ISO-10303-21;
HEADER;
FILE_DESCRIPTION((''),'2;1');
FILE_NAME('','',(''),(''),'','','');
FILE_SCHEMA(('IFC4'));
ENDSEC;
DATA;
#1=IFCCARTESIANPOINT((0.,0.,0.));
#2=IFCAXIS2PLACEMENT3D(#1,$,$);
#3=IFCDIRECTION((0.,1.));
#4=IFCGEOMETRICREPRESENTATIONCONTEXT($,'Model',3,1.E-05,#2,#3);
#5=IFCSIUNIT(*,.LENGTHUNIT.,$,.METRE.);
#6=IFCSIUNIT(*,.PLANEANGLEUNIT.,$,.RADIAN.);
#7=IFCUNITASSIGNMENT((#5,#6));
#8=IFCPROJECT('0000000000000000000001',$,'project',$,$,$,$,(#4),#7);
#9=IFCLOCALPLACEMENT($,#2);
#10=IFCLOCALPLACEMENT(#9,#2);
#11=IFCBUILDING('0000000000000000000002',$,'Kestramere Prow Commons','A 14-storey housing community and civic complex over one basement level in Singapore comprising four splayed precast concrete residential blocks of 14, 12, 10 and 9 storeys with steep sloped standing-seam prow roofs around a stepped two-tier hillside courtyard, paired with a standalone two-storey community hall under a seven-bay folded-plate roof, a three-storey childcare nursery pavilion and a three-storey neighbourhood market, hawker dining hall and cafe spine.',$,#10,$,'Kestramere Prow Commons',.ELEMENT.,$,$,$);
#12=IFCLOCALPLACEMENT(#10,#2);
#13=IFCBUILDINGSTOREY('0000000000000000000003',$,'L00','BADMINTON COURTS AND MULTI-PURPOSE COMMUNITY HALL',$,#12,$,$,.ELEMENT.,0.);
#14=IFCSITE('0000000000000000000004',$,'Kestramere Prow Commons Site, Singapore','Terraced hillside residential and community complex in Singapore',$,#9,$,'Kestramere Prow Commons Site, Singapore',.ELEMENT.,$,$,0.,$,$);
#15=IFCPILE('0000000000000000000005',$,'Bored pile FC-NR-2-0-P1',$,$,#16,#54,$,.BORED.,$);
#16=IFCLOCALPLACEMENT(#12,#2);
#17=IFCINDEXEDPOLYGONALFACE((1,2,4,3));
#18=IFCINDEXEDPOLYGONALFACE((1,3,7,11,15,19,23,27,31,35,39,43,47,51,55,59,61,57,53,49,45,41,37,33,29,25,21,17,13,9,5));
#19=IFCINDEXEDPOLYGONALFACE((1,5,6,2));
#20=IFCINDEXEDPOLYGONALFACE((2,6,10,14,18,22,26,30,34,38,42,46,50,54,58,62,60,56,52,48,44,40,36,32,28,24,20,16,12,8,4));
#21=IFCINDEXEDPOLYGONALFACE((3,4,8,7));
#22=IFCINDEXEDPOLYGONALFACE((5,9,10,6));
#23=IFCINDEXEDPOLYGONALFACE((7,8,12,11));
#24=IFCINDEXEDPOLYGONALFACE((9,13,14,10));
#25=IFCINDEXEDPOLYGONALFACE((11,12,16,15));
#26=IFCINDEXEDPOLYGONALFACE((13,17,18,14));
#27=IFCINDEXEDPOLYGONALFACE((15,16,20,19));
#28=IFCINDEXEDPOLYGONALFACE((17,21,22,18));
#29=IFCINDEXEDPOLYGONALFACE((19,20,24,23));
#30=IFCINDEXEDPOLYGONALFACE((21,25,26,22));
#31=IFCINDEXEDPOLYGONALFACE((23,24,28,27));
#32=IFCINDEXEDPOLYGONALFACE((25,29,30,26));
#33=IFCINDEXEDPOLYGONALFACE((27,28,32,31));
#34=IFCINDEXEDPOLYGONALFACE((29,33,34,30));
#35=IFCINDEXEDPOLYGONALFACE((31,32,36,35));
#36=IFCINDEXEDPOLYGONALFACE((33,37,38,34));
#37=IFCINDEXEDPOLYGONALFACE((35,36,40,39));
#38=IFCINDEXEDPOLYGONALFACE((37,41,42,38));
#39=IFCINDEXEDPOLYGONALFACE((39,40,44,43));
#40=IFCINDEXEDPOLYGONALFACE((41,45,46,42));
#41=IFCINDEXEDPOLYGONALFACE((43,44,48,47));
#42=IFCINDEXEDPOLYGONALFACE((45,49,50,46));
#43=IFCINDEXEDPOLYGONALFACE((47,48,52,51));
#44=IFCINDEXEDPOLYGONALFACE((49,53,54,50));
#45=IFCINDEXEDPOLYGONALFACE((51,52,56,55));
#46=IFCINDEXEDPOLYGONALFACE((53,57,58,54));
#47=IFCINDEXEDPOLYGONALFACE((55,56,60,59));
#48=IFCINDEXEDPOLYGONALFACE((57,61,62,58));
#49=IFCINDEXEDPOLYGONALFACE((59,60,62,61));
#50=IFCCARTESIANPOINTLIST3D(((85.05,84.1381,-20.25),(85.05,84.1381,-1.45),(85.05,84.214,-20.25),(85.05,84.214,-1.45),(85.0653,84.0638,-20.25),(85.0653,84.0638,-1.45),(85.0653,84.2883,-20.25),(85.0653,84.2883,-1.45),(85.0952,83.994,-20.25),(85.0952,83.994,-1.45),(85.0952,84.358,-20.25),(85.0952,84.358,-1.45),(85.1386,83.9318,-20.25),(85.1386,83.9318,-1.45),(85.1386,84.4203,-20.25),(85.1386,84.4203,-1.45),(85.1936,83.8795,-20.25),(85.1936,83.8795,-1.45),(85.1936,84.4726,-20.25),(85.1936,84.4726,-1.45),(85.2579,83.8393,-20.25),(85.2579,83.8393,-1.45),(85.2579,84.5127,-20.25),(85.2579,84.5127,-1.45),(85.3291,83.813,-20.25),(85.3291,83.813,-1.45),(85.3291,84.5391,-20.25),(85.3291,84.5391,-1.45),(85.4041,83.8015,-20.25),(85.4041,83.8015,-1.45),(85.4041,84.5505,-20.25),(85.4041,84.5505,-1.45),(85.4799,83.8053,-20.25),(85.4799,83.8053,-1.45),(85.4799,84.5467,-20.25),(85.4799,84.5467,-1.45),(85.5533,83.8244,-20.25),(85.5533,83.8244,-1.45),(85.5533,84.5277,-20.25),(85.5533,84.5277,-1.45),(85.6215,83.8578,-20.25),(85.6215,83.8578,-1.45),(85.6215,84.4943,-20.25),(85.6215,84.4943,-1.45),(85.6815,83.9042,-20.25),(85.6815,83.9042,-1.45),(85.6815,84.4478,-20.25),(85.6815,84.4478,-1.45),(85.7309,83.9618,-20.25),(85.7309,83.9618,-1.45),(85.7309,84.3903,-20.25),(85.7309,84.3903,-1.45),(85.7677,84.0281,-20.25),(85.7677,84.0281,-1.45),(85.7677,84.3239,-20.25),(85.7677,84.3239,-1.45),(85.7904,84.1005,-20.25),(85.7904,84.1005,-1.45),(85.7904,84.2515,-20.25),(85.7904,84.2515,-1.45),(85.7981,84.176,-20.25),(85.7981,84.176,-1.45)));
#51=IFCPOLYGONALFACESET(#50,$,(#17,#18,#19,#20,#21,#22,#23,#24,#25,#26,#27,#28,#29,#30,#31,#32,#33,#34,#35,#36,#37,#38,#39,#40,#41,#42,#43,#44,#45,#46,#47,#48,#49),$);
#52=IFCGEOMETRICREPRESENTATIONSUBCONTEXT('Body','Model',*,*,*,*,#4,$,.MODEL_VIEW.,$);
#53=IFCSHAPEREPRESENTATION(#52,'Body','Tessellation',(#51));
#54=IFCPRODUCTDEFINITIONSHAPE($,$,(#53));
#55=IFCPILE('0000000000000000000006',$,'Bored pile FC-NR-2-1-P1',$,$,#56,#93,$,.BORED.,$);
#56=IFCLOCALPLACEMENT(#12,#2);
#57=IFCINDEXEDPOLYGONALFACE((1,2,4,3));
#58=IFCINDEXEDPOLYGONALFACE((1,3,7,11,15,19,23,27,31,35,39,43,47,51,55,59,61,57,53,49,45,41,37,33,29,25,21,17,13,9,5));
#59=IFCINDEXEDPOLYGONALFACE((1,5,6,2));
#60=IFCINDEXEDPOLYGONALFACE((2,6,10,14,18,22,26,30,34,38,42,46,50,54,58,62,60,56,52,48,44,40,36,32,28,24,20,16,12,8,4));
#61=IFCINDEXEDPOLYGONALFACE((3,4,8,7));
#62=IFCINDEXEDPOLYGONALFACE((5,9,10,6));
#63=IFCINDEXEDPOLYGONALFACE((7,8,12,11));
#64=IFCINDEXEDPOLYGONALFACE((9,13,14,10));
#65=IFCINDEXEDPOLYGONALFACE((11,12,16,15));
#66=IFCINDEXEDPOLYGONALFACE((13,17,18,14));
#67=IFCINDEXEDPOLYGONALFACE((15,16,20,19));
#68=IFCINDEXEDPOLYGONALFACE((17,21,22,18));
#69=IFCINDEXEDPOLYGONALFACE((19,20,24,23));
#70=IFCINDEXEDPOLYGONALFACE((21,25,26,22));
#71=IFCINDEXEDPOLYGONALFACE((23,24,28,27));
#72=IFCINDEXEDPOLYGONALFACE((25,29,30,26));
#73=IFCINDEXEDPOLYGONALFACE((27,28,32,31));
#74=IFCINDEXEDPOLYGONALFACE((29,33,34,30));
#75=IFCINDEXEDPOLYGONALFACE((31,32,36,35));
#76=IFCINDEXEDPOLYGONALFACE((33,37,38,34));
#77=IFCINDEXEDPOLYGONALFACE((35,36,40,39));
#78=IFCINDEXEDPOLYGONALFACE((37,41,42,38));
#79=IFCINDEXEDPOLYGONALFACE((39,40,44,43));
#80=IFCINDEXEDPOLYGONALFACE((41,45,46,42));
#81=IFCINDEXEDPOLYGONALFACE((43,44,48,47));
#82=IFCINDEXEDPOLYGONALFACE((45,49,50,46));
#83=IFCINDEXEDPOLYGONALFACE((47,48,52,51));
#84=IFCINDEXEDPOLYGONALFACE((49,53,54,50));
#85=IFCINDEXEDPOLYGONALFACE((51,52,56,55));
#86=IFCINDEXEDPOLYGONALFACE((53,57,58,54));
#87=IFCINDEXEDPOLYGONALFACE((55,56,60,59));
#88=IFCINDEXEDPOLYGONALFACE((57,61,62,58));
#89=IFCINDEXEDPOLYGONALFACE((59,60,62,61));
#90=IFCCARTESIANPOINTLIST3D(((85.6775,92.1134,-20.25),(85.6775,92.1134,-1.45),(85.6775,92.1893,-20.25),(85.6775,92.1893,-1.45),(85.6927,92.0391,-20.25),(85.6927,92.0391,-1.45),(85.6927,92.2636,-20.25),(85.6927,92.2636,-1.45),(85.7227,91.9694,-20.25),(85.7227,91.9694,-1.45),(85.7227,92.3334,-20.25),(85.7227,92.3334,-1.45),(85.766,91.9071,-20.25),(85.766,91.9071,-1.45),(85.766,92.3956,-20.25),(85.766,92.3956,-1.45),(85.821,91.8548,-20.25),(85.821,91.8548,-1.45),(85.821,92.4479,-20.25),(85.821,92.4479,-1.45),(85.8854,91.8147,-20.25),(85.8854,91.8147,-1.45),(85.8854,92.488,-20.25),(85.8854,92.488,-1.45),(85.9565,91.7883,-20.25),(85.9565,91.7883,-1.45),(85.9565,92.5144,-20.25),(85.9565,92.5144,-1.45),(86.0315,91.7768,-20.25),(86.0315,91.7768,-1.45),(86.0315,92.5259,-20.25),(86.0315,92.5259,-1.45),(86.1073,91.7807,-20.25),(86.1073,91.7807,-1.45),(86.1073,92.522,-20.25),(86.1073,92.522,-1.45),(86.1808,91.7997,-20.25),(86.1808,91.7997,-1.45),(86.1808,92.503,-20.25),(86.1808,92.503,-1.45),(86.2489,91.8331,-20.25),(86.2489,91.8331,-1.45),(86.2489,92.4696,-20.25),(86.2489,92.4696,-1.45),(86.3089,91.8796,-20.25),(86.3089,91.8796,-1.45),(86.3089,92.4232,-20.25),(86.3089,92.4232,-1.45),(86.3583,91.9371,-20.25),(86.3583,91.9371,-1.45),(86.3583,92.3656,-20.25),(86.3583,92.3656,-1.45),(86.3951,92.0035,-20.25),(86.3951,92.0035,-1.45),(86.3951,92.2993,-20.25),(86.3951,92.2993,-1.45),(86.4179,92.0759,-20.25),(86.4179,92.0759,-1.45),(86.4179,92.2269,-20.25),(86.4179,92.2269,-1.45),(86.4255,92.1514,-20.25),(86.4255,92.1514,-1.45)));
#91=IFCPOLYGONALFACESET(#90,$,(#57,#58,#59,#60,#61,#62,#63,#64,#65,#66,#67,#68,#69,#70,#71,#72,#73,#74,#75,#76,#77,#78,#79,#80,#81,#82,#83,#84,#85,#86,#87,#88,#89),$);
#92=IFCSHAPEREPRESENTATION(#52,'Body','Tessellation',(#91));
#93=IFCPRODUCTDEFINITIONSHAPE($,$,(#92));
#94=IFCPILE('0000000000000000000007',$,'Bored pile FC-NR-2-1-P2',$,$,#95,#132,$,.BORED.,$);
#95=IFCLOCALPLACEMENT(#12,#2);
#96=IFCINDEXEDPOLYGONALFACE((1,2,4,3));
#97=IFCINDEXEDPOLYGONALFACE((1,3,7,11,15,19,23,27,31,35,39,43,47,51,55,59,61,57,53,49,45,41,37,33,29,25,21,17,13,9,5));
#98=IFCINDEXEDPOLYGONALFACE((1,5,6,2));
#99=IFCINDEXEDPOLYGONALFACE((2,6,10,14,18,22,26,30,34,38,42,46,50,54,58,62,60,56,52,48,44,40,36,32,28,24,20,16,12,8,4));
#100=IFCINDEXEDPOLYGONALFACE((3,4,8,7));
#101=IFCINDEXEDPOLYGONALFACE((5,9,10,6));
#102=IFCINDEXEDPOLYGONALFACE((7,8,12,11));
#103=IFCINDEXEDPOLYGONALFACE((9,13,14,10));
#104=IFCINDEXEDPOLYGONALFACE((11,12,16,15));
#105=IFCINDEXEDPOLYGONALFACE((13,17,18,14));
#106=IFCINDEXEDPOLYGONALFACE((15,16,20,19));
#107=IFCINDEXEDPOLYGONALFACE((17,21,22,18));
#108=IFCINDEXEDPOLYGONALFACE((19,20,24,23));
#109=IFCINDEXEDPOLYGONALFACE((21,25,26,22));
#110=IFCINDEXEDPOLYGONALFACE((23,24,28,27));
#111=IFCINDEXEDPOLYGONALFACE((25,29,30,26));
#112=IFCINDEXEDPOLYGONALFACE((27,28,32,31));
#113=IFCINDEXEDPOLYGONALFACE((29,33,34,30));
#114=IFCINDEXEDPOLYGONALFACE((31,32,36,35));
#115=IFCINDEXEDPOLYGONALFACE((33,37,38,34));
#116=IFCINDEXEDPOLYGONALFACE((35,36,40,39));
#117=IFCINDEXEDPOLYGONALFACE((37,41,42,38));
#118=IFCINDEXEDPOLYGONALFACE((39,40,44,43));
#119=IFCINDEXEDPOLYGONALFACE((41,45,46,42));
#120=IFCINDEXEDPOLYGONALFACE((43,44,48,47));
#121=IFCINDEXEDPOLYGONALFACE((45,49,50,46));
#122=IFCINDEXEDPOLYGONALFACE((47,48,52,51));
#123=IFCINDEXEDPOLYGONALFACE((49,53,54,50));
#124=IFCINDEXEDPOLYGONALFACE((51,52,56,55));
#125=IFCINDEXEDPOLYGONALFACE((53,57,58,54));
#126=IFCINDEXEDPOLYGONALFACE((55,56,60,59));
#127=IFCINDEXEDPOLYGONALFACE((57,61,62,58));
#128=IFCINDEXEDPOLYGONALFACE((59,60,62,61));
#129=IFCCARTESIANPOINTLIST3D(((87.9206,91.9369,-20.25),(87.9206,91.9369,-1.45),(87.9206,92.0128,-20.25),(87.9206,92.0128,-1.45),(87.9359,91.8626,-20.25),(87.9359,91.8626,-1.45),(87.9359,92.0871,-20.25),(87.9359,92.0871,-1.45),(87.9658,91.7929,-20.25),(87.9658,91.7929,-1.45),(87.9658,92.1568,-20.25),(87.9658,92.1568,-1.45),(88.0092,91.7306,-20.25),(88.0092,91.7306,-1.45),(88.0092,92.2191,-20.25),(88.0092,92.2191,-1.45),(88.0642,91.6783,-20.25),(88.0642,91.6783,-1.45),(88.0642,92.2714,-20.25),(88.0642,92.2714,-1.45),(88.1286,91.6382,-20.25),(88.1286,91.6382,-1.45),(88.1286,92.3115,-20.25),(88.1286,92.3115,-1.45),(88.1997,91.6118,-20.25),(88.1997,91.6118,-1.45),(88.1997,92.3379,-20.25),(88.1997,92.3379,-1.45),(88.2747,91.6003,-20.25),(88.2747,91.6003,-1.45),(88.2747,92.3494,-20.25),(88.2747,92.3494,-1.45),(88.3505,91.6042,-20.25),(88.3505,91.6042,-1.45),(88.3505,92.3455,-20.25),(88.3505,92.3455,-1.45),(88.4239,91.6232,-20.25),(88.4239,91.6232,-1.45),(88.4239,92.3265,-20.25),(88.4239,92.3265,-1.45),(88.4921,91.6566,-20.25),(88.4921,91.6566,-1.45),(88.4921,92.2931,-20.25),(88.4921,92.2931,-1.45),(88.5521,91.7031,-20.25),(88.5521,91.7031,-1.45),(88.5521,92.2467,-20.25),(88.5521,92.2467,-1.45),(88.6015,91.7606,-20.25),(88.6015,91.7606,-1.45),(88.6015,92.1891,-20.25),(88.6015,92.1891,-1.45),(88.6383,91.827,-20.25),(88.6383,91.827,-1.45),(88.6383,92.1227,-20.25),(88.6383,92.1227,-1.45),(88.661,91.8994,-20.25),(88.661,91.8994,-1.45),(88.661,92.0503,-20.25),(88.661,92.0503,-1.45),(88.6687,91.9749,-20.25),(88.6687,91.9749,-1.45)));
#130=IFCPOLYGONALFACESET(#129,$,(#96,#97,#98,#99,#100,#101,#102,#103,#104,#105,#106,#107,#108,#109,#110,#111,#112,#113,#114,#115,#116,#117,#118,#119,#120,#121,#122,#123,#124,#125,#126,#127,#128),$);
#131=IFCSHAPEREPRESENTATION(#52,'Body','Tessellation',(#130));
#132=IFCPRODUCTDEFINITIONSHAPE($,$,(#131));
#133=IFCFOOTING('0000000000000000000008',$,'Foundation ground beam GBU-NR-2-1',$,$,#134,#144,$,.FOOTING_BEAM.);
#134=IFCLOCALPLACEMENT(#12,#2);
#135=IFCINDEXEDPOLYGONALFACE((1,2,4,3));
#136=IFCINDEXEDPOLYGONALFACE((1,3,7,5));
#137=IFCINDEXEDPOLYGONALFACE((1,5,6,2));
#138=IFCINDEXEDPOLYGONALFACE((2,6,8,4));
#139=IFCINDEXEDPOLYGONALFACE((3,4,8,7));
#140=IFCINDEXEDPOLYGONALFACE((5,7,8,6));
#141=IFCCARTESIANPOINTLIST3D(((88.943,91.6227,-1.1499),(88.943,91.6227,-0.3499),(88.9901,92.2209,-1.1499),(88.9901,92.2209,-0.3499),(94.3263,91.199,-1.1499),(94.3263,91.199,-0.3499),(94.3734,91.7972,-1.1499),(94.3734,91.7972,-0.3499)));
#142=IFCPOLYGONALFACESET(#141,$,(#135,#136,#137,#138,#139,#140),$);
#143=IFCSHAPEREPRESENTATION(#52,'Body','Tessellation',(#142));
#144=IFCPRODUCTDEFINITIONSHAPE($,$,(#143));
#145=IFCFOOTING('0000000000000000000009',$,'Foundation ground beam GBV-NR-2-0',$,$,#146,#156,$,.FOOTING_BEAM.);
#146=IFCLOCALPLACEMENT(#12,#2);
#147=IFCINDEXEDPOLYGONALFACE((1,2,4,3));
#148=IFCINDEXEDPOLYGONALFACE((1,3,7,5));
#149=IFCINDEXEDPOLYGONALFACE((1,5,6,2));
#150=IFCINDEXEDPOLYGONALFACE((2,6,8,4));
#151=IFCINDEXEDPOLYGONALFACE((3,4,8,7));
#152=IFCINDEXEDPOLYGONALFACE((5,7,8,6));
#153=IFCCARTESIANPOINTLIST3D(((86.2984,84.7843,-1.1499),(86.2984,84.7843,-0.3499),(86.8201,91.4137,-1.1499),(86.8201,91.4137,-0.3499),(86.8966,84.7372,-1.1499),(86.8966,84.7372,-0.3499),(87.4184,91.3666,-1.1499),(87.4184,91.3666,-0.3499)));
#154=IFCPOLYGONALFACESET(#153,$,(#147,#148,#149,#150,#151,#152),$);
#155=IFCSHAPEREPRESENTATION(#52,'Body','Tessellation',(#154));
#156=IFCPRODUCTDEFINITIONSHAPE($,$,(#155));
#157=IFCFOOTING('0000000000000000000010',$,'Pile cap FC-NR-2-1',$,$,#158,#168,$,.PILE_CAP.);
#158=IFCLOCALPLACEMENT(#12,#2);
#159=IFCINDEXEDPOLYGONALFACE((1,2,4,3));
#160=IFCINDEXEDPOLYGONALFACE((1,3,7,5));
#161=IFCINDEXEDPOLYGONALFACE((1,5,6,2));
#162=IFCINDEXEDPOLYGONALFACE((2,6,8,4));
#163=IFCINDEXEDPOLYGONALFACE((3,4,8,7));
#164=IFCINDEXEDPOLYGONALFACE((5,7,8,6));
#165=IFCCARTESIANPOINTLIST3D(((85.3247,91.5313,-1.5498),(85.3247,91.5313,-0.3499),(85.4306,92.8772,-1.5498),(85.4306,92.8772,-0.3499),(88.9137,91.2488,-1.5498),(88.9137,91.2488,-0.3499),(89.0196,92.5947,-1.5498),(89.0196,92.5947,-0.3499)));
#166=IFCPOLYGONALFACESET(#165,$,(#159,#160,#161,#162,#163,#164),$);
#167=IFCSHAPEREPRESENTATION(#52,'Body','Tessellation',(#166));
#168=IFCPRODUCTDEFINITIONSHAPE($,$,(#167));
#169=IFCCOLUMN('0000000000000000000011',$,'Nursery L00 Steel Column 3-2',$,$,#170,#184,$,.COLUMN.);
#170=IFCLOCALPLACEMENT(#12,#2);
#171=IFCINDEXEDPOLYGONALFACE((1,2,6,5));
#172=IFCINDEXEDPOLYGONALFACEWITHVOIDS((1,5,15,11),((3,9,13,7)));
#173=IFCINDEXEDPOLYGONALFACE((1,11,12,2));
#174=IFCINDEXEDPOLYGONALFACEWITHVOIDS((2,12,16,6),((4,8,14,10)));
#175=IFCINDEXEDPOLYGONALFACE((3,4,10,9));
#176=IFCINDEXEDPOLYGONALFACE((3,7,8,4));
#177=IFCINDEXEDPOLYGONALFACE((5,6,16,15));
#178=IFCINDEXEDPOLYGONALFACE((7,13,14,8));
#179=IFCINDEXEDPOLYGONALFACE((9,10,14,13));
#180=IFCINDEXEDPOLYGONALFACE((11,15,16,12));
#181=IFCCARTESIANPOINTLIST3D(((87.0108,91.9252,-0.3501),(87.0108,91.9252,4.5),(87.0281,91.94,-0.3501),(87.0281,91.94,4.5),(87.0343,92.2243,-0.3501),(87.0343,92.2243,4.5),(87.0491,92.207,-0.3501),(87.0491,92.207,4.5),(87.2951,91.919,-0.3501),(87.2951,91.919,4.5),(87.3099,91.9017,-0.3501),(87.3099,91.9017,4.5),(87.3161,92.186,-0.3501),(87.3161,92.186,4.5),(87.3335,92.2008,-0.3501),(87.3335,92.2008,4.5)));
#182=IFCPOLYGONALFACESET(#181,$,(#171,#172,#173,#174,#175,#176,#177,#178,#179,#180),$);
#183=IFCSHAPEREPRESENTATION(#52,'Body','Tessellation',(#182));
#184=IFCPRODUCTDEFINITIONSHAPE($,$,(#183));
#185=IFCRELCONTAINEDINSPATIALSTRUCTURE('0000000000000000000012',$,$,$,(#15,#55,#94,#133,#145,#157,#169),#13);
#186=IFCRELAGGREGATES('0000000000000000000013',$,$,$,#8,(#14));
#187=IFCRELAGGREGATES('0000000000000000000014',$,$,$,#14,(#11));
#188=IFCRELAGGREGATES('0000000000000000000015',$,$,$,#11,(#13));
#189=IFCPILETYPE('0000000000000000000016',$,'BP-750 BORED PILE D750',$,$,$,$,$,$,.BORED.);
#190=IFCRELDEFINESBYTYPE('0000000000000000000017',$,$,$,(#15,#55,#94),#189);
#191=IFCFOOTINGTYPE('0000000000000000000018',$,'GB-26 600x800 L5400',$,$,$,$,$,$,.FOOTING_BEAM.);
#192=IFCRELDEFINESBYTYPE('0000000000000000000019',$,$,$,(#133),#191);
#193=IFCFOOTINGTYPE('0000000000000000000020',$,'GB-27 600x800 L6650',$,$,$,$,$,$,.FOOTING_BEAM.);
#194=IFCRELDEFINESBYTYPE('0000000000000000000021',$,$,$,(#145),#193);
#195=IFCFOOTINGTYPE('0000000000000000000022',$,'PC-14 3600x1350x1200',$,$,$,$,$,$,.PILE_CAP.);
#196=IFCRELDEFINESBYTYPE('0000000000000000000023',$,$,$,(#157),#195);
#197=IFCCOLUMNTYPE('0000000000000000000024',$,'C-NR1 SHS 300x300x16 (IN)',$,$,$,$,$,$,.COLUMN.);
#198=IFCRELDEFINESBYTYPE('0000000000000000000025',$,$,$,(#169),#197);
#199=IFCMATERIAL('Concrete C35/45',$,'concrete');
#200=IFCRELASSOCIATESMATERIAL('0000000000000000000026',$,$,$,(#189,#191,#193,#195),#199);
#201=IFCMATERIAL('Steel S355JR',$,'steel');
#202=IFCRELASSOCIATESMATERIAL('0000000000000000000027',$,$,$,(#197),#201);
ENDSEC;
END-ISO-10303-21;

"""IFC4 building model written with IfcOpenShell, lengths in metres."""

from ifc_helpers import new_model, si_unit, direction, frame, origin, origin_2d, place, context, subcontext, project, spatial, rectangle, hollow_rectangle, circle, extrude, material, material_profile, profile_set, type_object, element, save


model = new_model("IFC4")

# Units and contexts
model_context = context("Model", 3, precision=1e-05, world=origin(), true_north=direction((0.0, 1.0)))
body_context = subcontext(model_context, "Body", "Model", "MODEL_VIEW")
ifc_project = project(units=[si_unit("LENGTHUNIT", "METRE"), si_unit("PLANEANGLEUNIT", "RADIAN")], contexts=[model_context])

# Site, building, storey
site_placement = place(None, origin())
site = spatial("IfcSite", under=ifc_project, at=site_placement, Name="Kestramere Prow Commons Site, Singapore", Description="Terraced hillside residential and community complex in Singapore", LongName="Kestramere Prow Commons Site, Singapore", CompositionType="ELEMENT", RefElevation=0.0)
building_placement = place(site_placement, origin())
building = spatial("IfcBuilding", under=site, at=building_placement, Name="Kestramere Prow Commons", Description="A 14-storey housing community and civic complex over one basement level in Singapore comprising four splayed precast concrete residential blocks of 14, 12, 10 and 9 storeys with steep sloped standing-seam prow roofs around a stepped two-tier hillside courtyard, paired with a standalone two-storey community hall under a seven-bay folded-plate roof, a three-storey childcare nursery pavilion and a three-storey neighbourhood market, hawker dining hall and cafe spine.", LongName="Kestramere Prow Commons", CompositionType="ELEMENT")
storey_placement = place(building_placement, origin())
storey = spatial("IfcBuildingStorey", under=building, at=storey_placement, Name="L00", Description="BADMINTON COURTS AND MULTI-PURPOSE COMMUNITY HALL", CompositionType="ELEMENT", Elevation=0.0)

# Piles
ifc_material_1 = material(Name="Concrete C35/45", Category="concrete")
ifc_material_profile_1 = material_profile(ifc_material_1, circle(Radius=0.375, at=origin_2d()), Name="BORED PILE D750")
ifc_profile_set_1 = profile_set([ifc_material_profile_1], Name="Concrete C35/45")
pile_type = type_object("IfcPileType", Name="BP-750 BORED PILE D750", PredefinedType="BORED", material=ifc_profile_set_1)
for number, where, z_axis, x_axis, name in (
    (1, (85.4231, 84.176, -1.45), (0.0, 0.0, -1.0), (1.0, 0.0, 0.0), "Bored pile FC-NR-2-0-P1"),
    (2, (86.0505, 92.1514, -1.45), (0.0, 0.0, -1.0), (1.0, 0.0, 0.0), "Bored pile FC-NR-2-1-P1"),
    (3, (88.2937, 91.9749, -1.45), (0.0, 0.0, -1.0), (1.0, 0.0, 0.0), "Bored pile FC-NR-2-1-P2"),
):
    element("IfcPile", number, at=place(storey_placement, frame(where, z_axis=z_axis, x_axis=x_axis)), inside=storey, type_object=pile_type, Name=name, PredefinedType="BORED", context=body_context, shape_type="SweptSolid", body=[
        extrude(circle(Radius=0.375, at=origin_2d()), origin(), (0.0, 0.0, 1.0), 18.8),
    ])

# Footings
footing_type_1 = type_object("IfcFootingType", Name="GB-26 600x800 L5400", PredefinedType="FOOTING_BEAM", material=ifc_material_1)
footing_1_placement = place(storey_placement, frame((91.6582, 91.71, -1.1499), z_axis=(0.0, 0.0, 1.0), x_axis=(0.996917, -0.078459, 0.0)))
element("IfcFooting", 4, at=footing_1_placement, inside=storey, type_object=footing_type_1, Name="Foundation ground beam GBU-NR-2-1", PredefinedType="FOOTING_BEAM", context=body_context, shape_type="SweptSolid", body=[
    extrude(rectangle(XDim=5.3999, YDim=0.6001, at=origin_2d()), origin(), (0.0, 0.0, 1.0), 0.8),
])
footing_type_2 = type_object("IfcFootingType", Name="GB-27 600x800 L6650", PredefinedType="FOOTING_BEAM", material=ifc_material_1)
footing_2_placement = place(storey_placement, frame((86.8584, 88.0754, -1.1499), z_axis=(0.0, 0.0, 1.0), x_axis=(0.078459, 0.996917, 0.0)))
element("IfcFooting", 5, at=footing_2_placement, inside=storey, type_object=footing_type_2, Name="Foundation ground beam GBV-NR-2-0", PredefinedType="FOOTING_BEAM", context=body_context, shape_type="SweptSolid", body=[
    extrude(rectangle(XDim=6.6499, YDim=0.6001, at=origin_2d()), origin(), (0.0, 0.0, 1.0), 0.8),
])
footing_type_3 = type_object("IfcFootingType", Name="PC-14 3600x1350x1200", PredefinedType="PILE_CAP", material=ifc_material_1)
footing_3_placement = place(storey_placement, frame((87.1721, 92.063, -1.5498), z_axis=(0.0, 0.0, 1.0), x_axis=(0.996917, -0.078459, 0.0)))
element("IfcFooting", 6, at=footing_3_placement, inside=storey, type_object=footing_type_3, Name="Pile cap FC-NR-2-1", PredefinedType="PILE_CAP", context=body_context, shape_type="SweptSolid", body=[
    extrude(rectangle(XDim=3.6001, YDim=1.3501, at=origin_2d()), origin(), (0.0, 0.0, 1.0), 1.2),
])

# Column
ifc_material_2 = material(Name="Steel S355JR", Category="steel")
ifc_material_profile_2 = material_profile(ifc_material_2, hollow_rectangle(XDim=0.3, YDim=0.3, WallThickness=0.0161, at=origin_2d()), Name="SHS 300x300x16")
ifc_profile_set_2 = profile_set([ifc_material_profile_2], Name="Steel S355JR")
column_type = type_object("IfcColumnType", Name="C-NR1 SHS 300x300x16 (IN)", PredefinedType="COLUMN", material=ifc_profile_set_2)
column_placement = place(storey_placement, frame((87.1721, 92.063, -0.3501), z_axis=(0.0, 0.0, 1.0), x_axis=(0.996917, -0.078459, 0.0)))
element("IfcColumn", 7, at=column_placement, inside=storey, type_object=column_type, Name="Nursery L00 Steel Column 3-2", PredefinedType="COLUMN", context=body_context, shape_type="SweptSolid", body=[
    extrude(hollow_rectangle(XDim=0.3, YDim=0.3, WallThickness=0.0161, at=origin_2d()), origin(), (0.0, 0.0, 1.0), 4.8501),
])

save(model, "model.ifc")
